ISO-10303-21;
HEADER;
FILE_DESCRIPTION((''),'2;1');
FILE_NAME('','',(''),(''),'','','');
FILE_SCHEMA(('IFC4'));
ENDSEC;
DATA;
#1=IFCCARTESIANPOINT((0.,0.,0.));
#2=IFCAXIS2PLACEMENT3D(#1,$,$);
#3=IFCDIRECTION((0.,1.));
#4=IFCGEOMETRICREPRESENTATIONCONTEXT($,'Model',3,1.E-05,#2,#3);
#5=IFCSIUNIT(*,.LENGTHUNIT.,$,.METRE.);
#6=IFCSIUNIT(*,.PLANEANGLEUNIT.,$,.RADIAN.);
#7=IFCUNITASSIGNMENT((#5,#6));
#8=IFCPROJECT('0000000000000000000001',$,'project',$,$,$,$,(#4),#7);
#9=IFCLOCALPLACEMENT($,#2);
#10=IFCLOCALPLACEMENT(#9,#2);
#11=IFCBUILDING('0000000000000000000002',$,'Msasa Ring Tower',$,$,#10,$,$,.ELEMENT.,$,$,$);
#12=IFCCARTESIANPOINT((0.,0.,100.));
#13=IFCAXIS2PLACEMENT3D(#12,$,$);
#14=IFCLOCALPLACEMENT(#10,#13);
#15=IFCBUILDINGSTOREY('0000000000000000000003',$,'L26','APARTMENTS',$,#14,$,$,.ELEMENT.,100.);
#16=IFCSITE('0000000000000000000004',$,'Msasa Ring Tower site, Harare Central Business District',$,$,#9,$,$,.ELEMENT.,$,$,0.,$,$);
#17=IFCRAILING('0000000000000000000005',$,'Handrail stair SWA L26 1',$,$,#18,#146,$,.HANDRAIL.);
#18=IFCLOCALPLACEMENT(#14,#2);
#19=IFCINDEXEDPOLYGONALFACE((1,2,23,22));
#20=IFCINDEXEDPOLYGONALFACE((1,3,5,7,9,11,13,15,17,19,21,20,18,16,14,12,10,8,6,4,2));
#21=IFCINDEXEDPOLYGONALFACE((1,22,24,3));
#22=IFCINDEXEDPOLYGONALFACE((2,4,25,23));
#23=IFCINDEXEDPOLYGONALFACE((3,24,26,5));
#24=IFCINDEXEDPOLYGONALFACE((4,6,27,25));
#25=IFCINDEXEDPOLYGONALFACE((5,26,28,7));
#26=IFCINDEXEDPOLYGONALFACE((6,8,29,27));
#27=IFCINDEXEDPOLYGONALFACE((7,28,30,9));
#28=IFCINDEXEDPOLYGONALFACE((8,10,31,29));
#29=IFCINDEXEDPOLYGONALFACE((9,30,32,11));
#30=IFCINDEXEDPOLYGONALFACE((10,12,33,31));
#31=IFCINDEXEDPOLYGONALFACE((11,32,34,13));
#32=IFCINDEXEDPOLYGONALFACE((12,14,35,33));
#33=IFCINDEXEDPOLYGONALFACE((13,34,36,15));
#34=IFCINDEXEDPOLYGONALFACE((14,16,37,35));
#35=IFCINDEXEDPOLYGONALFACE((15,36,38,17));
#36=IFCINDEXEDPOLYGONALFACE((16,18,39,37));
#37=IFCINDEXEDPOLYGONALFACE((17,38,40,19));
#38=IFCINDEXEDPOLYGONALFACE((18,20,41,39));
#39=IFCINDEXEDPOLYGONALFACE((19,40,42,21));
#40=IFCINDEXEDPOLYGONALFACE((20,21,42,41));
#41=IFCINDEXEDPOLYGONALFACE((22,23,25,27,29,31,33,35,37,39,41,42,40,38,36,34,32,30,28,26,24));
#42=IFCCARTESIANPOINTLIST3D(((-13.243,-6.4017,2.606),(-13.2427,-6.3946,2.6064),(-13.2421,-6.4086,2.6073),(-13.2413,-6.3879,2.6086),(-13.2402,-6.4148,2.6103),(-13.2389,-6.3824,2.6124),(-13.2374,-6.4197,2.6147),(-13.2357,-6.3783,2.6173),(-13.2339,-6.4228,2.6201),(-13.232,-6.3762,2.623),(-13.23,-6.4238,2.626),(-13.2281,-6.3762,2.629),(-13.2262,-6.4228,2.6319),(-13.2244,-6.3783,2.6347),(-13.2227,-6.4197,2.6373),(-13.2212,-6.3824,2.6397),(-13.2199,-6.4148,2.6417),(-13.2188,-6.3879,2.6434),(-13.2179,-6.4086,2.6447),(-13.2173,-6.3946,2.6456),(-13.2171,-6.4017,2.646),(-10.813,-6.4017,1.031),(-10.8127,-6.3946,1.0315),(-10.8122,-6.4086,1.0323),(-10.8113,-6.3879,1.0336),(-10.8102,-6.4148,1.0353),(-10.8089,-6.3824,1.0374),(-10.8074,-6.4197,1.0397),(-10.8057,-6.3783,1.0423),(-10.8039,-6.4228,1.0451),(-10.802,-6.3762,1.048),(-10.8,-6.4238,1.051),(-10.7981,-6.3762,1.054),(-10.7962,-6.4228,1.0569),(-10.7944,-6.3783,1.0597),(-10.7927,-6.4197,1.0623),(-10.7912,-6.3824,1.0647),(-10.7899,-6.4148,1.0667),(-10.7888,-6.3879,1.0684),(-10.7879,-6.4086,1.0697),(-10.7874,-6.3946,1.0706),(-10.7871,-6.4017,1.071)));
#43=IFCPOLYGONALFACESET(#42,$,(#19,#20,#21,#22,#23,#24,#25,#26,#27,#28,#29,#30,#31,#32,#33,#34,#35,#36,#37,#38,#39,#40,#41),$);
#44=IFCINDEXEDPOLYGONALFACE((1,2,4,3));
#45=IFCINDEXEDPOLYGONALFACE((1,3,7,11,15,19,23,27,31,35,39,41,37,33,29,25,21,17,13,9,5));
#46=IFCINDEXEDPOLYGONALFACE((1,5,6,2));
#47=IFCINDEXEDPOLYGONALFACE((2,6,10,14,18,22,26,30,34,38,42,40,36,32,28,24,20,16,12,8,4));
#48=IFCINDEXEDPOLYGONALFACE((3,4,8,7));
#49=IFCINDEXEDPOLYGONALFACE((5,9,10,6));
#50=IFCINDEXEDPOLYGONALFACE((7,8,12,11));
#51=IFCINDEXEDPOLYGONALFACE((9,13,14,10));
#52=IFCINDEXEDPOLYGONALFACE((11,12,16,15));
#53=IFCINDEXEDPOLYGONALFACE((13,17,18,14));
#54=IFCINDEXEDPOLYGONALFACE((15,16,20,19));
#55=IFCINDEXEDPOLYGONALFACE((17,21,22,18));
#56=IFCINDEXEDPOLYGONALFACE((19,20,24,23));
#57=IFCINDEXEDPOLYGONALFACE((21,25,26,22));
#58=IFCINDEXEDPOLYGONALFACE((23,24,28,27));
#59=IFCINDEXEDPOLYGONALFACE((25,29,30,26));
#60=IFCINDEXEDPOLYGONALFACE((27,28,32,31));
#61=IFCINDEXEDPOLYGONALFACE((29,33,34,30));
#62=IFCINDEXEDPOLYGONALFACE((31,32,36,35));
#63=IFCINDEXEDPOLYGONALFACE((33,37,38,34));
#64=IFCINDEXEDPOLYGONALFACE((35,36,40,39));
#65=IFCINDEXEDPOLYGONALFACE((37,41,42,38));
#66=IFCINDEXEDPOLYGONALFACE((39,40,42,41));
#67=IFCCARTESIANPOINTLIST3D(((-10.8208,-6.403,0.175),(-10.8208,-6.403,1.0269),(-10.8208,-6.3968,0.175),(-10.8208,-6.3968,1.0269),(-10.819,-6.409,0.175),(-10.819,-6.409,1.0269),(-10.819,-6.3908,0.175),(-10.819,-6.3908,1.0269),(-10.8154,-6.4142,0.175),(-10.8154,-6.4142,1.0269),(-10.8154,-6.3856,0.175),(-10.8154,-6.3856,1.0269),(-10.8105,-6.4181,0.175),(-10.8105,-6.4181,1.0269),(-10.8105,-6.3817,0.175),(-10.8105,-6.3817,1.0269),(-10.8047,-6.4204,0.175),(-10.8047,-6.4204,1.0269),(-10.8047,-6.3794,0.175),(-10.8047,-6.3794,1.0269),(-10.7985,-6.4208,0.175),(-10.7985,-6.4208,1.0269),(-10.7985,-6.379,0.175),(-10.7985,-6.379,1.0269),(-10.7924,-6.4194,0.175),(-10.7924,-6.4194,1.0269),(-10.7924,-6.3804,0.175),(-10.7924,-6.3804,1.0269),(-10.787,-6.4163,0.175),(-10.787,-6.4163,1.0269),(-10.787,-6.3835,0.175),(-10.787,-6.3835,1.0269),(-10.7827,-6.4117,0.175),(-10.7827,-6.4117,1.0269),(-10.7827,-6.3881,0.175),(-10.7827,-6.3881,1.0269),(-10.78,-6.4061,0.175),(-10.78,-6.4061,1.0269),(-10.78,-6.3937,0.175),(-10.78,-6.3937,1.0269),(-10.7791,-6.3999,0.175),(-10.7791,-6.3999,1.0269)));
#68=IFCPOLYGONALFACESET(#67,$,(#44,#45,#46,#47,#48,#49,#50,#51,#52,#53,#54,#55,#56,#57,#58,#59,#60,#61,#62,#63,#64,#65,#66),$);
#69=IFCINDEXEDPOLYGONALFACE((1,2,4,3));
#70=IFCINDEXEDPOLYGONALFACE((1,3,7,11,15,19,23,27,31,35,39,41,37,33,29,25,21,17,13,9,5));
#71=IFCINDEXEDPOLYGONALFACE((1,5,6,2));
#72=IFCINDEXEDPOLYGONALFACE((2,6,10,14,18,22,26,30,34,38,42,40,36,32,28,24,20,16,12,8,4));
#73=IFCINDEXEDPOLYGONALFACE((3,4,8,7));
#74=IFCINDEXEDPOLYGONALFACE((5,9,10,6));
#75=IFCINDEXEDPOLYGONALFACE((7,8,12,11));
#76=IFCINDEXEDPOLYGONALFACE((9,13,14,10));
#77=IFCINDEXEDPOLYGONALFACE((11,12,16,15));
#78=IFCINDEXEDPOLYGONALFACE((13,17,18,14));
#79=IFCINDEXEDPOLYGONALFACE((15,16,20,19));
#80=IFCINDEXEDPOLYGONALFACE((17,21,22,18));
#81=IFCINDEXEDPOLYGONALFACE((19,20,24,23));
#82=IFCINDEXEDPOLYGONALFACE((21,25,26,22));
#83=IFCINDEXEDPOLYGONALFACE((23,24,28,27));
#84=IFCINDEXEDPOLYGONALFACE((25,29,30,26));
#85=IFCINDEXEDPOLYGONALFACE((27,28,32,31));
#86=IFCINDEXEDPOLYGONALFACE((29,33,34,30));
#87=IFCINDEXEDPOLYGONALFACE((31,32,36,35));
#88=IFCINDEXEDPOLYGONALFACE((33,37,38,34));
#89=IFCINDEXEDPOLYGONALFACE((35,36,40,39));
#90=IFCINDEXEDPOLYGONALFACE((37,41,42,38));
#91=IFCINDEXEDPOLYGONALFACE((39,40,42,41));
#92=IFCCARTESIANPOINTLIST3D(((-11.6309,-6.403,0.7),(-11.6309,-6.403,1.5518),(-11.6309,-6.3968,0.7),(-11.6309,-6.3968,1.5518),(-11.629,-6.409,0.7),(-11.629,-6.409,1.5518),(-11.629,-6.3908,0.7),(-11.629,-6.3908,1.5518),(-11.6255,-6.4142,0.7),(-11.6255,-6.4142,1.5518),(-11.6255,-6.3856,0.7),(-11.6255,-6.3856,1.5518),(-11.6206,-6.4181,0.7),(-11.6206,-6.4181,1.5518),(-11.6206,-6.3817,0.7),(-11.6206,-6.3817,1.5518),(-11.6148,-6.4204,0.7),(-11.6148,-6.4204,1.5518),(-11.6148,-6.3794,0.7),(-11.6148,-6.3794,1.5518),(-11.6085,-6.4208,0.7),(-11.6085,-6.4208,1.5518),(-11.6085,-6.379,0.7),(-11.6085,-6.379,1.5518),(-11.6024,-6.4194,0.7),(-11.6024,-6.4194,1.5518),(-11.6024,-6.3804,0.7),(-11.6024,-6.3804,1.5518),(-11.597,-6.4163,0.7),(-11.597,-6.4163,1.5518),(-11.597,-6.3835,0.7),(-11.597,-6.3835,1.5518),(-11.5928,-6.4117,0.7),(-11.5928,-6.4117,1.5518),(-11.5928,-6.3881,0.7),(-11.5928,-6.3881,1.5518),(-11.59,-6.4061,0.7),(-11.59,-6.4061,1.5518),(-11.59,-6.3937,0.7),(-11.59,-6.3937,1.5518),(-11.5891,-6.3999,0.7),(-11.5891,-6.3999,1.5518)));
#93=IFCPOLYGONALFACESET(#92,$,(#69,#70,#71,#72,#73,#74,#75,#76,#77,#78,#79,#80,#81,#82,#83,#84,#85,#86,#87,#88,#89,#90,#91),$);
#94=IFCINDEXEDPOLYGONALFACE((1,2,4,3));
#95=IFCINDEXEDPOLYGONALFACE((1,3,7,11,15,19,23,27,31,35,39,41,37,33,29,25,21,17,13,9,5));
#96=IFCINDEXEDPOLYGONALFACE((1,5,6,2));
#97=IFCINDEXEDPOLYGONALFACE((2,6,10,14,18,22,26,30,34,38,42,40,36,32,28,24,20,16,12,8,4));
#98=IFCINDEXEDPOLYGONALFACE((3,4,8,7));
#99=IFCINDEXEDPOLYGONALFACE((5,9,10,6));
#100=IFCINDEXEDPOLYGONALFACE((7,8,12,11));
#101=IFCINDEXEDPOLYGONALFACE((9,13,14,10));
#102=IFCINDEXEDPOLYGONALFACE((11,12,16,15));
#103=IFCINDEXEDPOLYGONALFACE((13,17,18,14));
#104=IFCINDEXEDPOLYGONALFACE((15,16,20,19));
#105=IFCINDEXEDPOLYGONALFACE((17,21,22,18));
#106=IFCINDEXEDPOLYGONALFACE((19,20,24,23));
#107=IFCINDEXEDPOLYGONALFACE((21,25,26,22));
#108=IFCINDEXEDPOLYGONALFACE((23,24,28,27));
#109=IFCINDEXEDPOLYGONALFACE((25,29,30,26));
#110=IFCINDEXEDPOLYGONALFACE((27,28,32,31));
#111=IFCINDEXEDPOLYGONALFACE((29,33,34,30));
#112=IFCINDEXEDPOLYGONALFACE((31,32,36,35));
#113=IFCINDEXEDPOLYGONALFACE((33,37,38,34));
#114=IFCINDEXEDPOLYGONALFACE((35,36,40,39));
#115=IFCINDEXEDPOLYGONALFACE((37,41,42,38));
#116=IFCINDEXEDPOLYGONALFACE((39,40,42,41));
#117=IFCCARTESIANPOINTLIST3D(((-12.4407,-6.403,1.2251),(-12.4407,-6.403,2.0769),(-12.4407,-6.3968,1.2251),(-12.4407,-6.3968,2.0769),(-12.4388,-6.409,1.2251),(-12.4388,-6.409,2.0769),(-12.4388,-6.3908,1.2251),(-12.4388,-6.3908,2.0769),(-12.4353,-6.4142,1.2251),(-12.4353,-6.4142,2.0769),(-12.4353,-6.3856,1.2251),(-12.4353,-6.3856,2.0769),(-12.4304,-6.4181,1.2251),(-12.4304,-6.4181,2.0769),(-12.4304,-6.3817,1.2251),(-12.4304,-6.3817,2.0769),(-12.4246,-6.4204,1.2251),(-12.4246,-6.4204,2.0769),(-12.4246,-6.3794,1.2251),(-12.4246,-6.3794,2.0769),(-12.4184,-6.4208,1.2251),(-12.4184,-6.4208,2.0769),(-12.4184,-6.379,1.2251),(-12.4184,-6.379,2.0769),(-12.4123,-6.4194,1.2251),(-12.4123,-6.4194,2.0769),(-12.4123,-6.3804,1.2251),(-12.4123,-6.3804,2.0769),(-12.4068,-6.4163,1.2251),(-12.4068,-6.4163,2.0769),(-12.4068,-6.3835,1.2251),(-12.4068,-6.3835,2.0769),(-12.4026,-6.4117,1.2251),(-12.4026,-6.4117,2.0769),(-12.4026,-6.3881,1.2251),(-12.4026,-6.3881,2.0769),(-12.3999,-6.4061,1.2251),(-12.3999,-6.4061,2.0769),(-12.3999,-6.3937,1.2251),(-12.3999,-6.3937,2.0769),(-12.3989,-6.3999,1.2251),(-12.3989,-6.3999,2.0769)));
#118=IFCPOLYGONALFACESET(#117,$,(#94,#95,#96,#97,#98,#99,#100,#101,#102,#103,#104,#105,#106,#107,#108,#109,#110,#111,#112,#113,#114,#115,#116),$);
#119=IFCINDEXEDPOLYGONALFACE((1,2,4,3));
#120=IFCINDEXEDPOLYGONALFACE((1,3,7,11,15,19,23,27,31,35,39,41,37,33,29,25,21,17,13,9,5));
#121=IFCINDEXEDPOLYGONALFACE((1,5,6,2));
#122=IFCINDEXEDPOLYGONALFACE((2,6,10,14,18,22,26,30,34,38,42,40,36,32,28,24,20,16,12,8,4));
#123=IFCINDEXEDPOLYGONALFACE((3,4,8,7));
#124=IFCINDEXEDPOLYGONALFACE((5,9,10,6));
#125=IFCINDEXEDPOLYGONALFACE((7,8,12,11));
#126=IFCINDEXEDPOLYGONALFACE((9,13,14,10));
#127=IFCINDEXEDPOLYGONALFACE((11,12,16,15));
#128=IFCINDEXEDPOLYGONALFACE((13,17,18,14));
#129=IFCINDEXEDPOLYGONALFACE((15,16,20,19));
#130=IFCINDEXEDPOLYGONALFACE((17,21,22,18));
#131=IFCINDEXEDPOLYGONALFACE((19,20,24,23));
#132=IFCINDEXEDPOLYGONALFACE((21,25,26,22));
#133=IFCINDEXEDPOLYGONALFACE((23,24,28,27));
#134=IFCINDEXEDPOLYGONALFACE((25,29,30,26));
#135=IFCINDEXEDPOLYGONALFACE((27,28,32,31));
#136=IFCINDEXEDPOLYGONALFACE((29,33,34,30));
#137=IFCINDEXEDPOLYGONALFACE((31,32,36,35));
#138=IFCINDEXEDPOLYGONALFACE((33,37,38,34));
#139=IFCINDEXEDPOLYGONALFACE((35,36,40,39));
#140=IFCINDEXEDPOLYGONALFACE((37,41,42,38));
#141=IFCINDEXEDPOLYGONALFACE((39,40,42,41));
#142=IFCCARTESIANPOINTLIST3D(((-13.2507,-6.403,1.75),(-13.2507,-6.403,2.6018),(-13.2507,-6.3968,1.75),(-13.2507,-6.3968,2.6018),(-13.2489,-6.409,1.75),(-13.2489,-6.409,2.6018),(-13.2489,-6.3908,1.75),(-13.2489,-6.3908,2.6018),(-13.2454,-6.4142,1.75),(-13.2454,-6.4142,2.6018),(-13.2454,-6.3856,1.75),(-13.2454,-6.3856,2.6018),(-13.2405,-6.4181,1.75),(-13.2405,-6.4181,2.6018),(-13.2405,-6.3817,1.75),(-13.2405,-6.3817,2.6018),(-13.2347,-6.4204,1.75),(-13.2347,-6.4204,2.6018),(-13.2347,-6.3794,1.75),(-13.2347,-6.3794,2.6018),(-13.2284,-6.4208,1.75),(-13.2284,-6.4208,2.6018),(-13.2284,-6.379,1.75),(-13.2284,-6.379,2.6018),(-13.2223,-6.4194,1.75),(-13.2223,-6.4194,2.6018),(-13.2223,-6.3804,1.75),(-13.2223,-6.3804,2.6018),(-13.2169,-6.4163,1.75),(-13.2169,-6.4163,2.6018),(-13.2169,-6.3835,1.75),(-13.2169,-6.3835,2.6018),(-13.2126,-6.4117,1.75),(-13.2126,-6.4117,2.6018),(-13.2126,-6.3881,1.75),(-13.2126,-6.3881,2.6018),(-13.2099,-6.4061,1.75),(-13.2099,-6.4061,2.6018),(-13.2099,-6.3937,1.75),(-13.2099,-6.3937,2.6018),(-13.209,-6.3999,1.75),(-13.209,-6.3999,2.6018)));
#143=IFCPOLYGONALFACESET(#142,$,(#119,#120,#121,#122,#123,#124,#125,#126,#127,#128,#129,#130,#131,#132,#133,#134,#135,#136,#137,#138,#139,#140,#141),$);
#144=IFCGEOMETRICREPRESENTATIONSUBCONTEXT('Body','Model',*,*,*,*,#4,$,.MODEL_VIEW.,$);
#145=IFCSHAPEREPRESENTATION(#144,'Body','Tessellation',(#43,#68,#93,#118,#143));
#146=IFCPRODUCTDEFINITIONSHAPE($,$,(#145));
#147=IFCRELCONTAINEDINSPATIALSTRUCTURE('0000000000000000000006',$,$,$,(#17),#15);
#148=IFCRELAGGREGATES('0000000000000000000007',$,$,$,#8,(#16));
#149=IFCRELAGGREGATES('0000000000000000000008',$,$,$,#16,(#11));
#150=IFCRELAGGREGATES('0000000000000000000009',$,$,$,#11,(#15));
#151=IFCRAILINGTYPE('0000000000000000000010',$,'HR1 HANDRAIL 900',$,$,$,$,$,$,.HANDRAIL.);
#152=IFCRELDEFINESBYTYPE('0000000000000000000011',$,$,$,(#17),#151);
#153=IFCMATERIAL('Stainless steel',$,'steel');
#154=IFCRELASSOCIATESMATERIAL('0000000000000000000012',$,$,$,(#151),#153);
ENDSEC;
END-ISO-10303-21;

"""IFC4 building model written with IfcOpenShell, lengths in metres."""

from ifc_helpers import new_model, si_unit, direction, frame, origin, origin_2d, place, context, subcontext, project, spatial, circle, extrude, material, type_object, element, save


model = new_model("IFC4")

# Units and contexts
model_context = context("Model", 3, precision=1e-05, world=origin(), true_north=direction((0.0, 1.0)))
body_context = subcontext(model_context, "Body", "Model", "MODEL_VIEW")
ifc_project = project(units=[si_unit("LENGTHUNIT", "METRE"), si_unit("PLANEANGLEUNIT", "RADIAN")], contexts=[model_context])

# Site, building, storey
site_placement = place(None, origin())
site = spatial("IfcSite", under=ifc_project, at=site_placement, Name="Msasa Ring Tower site, Harare Central Business District", CompositionType="ELEMENT", RefElevation=0.0)
building_placement = place(site_placement, origin())
building = spatial("IfcBuilding", under=site, at=building_placement, Name="Msasa Ring Tower", CompositionType="ELEMENT")
storey_placement = place(building_placement, frame((0.0, 0.0, 100.0)))
storey = spatial("IfcBuildingStorey", under=building, at=storey_placement, Name="L26", Description="APARTMENTS", CompositionType="ELEMENT", Elevation=100.0)

# Railing
ifc_material_1 = material(Name="Stainless steel", Category="steel")
railing_type = type_object("IfcRailingType", Name="HR1 HANDRAIL 900", PredefinedType="HANDRAIL", material=ifc_material_1)
for number, where, name in (
    (1, (-10.8, -6.3999, 0.175), "Handrail stair SWA L26 1"),
):
    element("IfcRailing", number, at=place(storey_placement, frame(where)), inside=storey, type_object=railing_type, Name=name, PredefinedType="HANDRAIL", context=body_context, shape_type="SweptSolid", body=[
        extrude(circle(Radius=0.0239, at=origin_2d()), frame((0.0, 0.0, 0.876), z_axis=(-0.839154, 0.0, 0.543894), x_axis=(0.0, -1.0, 0.0)), (0.0, 0.0, 1.0), 2.8958),
        extrude(circle(Radius=0.021, at=origin_2d()), origin(), (0.0, 0.0, 1.0), 0.8518),
        extrude(circle(Radius=0.021, at=origin_2d()), frame((-0.8101, 0.0, 0.5249)), (0.0, 0.0, 1.0), 0.8518),
        extrude(circle(Radius=0.021, at=origin_2d()), frame((-1.6199, 0.0, 1.05)), (0.0, 0.0, 1.0), 0.8518),
        extrude(circle(Radius=0.021, at=origin_2d()), frame((-2.4299, 0.0, 1.575)), (0.0, 0.0, 1.0), 0.8518),
    ])

save(model, "model.ifc")
